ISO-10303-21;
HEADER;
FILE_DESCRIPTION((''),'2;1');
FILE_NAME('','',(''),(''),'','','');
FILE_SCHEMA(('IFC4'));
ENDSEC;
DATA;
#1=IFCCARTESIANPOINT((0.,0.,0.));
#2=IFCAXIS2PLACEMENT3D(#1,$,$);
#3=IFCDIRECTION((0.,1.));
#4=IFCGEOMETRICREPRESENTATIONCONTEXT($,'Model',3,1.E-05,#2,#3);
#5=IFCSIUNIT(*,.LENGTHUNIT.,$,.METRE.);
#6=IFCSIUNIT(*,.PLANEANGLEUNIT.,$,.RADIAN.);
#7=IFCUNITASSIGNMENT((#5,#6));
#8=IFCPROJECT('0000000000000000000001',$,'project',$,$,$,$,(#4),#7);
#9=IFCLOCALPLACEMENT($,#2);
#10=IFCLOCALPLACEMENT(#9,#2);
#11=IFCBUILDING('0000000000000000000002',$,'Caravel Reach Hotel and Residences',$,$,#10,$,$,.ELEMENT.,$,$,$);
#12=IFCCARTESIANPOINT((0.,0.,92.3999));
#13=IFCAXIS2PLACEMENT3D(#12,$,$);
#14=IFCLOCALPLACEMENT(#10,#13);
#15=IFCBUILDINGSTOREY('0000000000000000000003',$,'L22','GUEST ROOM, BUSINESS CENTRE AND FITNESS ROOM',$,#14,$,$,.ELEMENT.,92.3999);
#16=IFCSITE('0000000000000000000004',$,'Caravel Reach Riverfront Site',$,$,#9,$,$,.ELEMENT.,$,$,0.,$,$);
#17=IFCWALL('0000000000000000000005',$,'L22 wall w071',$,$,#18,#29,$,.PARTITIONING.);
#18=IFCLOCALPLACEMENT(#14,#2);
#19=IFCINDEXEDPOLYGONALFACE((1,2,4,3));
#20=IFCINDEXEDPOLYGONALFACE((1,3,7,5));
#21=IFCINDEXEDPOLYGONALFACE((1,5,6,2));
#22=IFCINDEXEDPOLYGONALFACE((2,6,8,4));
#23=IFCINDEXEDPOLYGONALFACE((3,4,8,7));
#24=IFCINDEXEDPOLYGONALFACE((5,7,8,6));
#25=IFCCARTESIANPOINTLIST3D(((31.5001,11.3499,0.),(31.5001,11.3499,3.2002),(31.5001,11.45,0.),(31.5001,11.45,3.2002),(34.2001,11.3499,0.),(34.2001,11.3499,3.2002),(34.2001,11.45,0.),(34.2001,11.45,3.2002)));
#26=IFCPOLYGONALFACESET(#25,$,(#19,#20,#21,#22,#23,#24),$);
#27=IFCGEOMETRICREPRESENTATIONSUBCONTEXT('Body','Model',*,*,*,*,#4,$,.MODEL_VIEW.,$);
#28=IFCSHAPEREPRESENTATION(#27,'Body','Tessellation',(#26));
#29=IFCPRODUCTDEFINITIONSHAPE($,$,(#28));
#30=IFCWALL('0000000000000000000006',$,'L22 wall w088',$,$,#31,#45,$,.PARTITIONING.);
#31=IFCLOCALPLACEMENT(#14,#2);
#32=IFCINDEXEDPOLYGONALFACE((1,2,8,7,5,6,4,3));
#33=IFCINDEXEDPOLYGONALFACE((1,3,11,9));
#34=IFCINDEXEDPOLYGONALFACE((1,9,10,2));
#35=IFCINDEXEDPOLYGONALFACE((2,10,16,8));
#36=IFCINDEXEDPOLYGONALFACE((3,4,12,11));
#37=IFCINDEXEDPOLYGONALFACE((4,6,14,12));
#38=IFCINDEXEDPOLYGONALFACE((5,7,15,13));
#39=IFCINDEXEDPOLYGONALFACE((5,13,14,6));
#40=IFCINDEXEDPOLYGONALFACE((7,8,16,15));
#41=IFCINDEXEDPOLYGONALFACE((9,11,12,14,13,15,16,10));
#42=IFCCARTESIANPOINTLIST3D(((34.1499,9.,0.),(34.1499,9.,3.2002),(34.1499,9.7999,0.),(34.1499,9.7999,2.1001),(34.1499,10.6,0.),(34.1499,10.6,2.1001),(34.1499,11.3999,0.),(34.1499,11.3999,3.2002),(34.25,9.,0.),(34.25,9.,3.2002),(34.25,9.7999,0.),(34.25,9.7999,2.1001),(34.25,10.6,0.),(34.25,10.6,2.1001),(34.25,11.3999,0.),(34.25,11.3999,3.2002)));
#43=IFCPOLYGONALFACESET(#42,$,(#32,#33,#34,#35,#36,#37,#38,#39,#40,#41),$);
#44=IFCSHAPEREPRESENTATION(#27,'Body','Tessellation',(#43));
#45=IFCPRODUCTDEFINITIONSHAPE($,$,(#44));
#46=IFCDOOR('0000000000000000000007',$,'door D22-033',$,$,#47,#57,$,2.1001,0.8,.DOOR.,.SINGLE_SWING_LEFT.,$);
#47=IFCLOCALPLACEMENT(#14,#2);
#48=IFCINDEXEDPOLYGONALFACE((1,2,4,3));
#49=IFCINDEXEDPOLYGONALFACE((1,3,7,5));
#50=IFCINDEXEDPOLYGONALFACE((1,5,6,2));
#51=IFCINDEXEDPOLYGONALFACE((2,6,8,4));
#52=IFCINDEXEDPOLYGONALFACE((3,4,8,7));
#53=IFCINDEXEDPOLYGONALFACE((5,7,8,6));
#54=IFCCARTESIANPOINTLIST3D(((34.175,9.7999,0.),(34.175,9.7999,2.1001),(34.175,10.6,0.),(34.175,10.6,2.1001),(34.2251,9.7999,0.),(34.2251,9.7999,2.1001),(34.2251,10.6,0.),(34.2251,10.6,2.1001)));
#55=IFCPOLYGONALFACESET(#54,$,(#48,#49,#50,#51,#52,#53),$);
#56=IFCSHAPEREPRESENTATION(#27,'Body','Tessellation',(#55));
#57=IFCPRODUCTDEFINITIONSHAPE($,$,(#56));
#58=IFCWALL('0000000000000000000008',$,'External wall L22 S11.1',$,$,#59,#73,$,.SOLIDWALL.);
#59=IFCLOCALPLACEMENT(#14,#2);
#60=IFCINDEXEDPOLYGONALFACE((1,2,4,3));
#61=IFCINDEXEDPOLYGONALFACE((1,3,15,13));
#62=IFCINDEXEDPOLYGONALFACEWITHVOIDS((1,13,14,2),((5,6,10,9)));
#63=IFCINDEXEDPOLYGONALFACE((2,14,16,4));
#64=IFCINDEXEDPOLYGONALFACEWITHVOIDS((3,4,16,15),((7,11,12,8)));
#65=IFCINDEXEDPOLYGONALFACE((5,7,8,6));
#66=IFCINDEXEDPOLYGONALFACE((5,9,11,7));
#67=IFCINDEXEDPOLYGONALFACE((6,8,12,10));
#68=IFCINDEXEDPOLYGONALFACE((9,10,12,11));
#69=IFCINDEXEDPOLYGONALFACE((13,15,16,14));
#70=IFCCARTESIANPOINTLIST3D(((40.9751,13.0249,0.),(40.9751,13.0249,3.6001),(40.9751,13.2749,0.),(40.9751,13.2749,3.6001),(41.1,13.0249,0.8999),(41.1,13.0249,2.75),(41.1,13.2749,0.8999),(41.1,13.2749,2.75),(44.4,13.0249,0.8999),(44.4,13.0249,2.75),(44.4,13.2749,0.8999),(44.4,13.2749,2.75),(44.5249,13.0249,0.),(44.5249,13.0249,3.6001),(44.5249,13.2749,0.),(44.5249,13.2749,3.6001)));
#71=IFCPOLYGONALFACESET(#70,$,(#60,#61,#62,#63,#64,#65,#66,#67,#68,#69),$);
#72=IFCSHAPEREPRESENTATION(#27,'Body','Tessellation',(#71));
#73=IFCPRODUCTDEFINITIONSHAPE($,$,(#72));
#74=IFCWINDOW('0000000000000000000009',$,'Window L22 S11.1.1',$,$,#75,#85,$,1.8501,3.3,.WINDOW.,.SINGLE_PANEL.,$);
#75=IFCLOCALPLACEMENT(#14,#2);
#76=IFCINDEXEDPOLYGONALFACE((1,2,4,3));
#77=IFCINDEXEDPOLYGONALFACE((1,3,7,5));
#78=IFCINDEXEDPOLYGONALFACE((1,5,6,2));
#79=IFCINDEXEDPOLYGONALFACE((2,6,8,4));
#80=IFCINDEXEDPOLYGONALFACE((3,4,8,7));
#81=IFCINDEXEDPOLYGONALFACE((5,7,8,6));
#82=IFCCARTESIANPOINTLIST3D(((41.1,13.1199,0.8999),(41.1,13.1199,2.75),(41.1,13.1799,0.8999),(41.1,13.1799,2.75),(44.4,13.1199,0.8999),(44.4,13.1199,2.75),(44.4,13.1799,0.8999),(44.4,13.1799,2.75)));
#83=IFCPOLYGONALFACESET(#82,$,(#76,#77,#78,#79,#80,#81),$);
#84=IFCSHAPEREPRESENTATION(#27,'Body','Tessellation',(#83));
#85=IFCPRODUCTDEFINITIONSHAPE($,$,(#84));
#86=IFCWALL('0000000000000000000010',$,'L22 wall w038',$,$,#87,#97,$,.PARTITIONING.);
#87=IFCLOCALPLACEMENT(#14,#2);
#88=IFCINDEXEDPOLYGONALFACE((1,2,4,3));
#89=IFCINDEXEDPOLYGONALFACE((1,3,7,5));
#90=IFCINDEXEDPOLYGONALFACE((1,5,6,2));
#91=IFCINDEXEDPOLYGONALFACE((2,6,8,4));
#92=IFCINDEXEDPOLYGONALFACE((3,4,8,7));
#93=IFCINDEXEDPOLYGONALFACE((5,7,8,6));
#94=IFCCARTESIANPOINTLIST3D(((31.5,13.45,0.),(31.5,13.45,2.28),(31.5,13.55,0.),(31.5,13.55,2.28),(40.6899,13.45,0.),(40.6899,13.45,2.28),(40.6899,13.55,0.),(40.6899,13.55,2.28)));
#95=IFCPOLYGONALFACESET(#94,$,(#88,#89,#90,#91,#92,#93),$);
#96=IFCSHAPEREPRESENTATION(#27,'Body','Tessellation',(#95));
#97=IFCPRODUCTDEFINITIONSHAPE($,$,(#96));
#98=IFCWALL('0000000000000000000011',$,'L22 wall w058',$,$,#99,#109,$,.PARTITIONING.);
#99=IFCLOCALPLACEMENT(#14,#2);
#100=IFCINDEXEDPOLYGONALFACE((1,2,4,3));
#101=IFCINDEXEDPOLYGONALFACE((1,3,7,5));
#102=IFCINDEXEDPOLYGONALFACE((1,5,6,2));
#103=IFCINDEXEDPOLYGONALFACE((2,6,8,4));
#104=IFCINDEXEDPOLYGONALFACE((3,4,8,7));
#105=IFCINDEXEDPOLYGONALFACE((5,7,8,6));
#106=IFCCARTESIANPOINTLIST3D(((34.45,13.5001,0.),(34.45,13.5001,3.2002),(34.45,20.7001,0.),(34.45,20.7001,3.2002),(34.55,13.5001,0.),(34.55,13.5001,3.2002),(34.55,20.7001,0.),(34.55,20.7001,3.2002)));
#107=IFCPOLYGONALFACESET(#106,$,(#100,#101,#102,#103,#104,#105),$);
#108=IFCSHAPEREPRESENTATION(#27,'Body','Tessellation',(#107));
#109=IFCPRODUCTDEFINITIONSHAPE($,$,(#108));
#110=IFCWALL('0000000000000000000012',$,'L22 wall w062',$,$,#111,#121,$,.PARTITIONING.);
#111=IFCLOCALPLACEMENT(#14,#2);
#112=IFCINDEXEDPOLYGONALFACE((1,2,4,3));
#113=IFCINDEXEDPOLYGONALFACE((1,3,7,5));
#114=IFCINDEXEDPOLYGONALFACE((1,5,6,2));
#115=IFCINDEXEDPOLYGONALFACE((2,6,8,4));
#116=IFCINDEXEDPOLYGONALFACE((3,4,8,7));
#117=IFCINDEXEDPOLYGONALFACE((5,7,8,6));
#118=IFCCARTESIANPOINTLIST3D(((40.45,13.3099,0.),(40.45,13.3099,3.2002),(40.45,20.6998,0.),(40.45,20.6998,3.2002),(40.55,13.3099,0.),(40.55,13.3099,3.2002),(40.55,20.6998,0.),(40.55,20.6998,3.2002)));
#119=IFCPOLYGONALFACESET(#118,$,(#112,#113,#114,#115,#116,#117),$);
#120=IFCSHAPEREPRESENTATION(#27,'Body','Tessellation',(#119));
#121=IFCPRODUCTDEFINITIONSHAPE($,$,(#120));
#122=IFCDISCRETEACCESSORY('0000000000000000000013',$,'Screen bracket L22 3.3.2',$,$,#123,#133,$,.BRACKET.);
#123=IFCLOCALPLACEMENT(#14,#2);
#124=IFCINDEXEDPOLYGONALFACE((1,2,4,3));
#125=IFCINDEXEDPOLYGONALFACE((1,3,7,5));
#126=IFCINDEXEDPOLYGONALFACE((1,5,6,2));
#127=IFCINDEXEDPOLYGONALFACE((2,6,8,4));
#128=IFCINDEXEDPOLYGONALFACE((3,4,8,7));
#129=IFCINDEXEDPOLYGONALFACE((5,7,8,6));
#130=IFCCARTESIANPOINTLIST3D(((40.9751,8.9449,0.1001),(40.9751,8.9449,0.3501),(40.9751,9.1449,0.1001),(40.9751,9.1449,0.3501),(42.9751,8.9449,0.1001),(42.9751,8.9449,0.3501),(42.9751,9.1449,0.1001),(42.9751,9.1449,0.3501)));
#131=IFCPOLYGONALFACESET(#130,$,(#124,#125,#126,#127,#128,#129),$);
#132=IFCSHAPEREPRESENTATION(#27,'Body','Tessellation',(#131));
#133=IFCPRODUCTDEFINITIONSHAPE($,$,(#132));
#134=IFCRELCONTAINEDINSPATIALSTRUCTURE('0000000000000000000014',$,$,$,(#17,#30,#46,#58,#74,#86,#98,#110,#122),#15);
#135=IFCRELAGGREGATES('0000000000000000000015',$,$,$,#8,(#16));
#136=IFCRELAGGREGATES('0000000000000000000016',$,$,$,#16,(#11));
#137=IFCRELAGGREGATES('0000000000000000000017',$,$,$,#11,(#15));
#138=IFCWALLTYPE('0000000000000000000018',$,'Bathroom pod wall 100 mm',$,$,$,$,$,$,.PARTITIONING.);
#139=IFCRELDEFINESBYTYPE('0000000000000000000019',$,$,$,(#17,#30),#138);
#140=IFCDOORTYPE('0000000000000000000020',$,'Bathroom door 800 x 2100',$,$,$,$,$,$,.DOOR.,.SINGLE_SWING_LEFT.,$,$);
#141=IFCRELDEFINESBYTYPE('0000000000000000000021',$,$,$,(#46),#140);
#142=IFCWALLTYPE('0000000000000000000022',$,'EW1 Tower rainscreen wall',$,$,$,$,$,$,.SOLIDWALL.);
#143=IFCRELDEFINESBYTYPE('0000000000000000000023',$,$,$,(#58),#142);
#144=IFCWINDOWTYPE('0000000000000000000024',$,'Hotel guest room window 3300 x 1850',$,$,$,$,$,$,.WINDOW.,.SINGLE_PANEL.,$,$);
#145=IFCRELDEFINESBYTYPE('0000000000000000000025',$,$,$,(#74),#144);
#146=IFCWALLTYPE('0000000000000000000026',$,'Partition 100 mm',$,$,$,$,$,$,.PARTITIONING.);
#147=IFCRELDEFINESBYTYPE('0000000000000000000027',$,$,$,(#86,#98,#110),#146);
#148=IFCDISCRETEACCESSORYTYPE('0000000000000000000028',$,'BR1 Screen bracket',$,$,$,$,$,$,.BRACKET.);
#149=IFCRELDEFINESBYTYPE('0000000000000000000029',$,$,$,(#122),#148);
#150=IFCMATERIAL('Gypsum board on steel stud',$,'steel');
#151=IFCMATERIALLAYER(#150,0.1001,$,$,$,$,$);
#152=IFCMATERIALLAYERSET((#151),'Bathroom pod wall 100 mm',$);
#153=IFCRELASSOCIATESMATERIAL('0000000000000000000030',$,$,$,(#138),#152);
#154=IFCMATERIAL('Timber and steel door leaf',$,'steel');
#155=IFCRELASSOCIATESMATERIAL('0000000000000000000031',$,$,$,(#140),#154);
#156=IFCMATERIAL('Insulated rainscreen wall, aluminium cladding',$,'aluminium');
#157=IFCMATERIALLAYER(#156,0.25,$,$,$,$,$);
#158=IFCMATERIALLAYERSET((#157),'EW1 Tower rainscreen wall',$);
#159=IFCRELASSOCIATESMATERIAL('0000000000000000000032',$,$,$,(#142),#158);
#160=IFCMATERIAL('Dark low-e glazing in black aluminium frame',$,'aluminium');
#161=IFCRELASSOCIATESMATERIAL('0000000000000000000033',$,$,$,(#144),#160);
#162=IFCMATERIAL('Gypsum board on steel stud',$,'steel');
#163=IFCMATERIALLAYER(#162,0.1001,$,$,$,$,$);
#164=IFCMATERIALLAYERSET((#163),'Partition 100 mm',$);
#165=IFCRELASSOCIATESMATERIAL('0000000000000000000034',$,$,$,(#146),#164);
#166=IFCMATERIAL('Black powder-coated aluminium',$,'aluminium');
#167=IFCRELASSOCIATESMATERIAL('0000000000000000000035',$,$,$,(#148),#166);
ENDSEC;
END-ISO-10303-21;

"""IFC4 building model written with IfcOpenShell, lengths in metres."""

from ifc_helpers import new_model, si_unit, direction, frame, frame_2d, origin, origin_2d, place, context, subcontext, project, spatial, rectangle, extrude, material, layer, layer_set, type_object, element, fill, save


model = new_model("IFC4")

# Units and contexts
model_context = context("Model", 3, precision=1e-05, world=origin(), true_north=direction((0.0, 1.0)))
body_context = subcontext(model_context, "Body", "Model", "MODEL_VIEW")
ifc_project = project(units=[si_unit("LENGTHUNIT", "METRE"), si_unit("PLANEANGLEUNIT", "RADIAN")], contexts=[model_context])

# Site, building, storey
site_placement = place(None, origin())
site = spatial("IfcSite", under=ifc_project, at=site_placement, Name="Caravel Reach Riverfront Site", CompositionType="ELEMENT", RefElevation=0.0)
building_placement = place(site_placement, origin())
building = spatial("IfcBuilding", under=site, at=building_placement, Name="Caravel Reach Hotel and Residences", CompositionType="ELEMENT")
storey_placement = place(building_placement, frame((0.0, 0.0, 92.3999)))
storey = spatial("IfcBuildingStorey", under=building, at=storey_placement, Name="L22", Description="GUEST ROOM, BUSINESS CENTRE AND FITNESS ROOM", CompositionType="ELEMENT", Elevation=92.3999)

# Wall
ifc_material_1 = material(Name="Gypsum board on steel stud", Category="steel")
ifc_layer_1 = layer(ifc_material_1, 0.1001)
ifc_layer_set_1 = layer_set([ifc_layer_1], Name="Bathroom pod wall 100 mm")
wall_type_1 = type_object("IfcWallType", Name="Bathroom pod wall 100 mm", PredefinedType="PARTITIONING", material=ifc_layer_set_1)
wall_1_placement = place(storey_placement, frame((31.5, 11.3999, 0.0), z_axis=(0.0, 0.0, 1.0), x_axis=(1.0, 0.0, 0.0)))
element("IfcWall", 1, at=wall_1_placement, inside=storey, type_object=wall_type_1, Name="L22 wall w071", PredefinedType="PARTITIONING", context=body_context, shape_type="SweptSolid", body=[
    extrude(rectangle(XDim=2.7, YDim=0.1001, at=frame_2d((1.3501, 0.0))), origin(), (0.0, 0.0, 1.0), 3.2002),
])

# Wall, opening, door
wall_2_placement = place(storey_placement, frame((34.2, 9.0, 0.0), z_axis=(0.0, 0.0, 1.0), x_axis=(0.0, 1.0, 0.0)))
wall_2 = element("IfcWall", 2, at=wall_2_placement, inside=storey, type_object=wall_type_1, Name="L22 wall w088", PredefinedType="PARTITIONING", context=body_context, shape_type="SweptSolid", body=[
    extrude(rectangle(XDim=2.3999, YDim=0.1001, at=frame_2d((1.2, 0.0))), origin(), (0.0, 0.0, 1.0), 3.2002),
])
opening_1_placement = place(wall_2_placement, frame((0.8, 0.0, 0.0)))
opening_1 = element("IfcOpeningElement", 3, at=opening_1_placement, cuts=wall_2, PredefinedType="OPENING", context=body_context, shape_type="SweptSolid", body=[
    extrude(rectangle(XDim=0.8, YDim=2.1001, at=frame_2d((0.3999, 1.05))), frame((0.0, 0.0601, 0.0), z_axis=(0.0, -1.0, 0.0), x_axis=(1.0, 0.0, 0.0)), (0.0, 0.0, 1.0), 0.1201),
])
ifc_material_2 = material(Name="Timber and steel door leaf", Category="steel")
door_type = type_object("IfcDoorType", Name="Bathroom door 800 x 2100", OperationType="SINGLE_SWING_LEFT", PredefinedType="DOOR", material=ifc_material_2)
door_placement = place(opening_1_placement, origin())
door = element("IfcDoor", 4, at=door_placement, inside=storey, type_object=door_type, Name="door D22-033", OperationType="SINGLE_SWING_LEFT", OverallHeight=2.1001, OverallWidth=0.8, PredefinedType="DOOR", context=body_context, shape_type="SweptSolid", body=[
    extrude(rectangle(XDim=0.8, YDim=2.1001, at=frame_2d((0.3999, 1.05))), frame((0.0, 0.0249, 0.0), z_axis=(0.0, -1.0, 0.0), x_axis=(1.0, 0.0, 0.0)), (0.0, 0.0, 1.0), 0.05),
])
fill(opening_1, door)

# Wall, opening, window
ifc_material_3 = material(Name="Insulated rainscreen wall, aluminium cladding", Category="aluminium")
ifc_layer_2 = layer(ifc_material_3, 0.25)
ifc_layer_set_2 = layer_set([ifc_layer_2], Name="EW1 Tower rainscreen wall")
wall_type_2 = type_object("IfcWallType", Name="EW1 Tower rainscreen wall", PredefinedType="SOLIDWALL", material=ifc_layer_set_2)
wall_3_placement = place(storey_placement, frame((40.9751, 13.1499, 0.0), z_axis=(0.0, 0.0, 1.0), x_axis=(1.0, 0.0, 0.0)))
wall_3 = element("IfcWall", 5, at=wall_3_placement, inside=storey, type_object=wall_type_2, Name="External wall L22 S11.1", PredefinedType="SOLIDWALL", context=body_context, shape_type="SweptSolid", body=[
    extrude(rectangle(XDim=3.5498, YDim=0.25, at=frame_2d((1.7749, 0.0))), origin(), (0.0, 0.0, 1.0), 3.6001),
])
opening_2_placement = place(wall_3_placement, frame((0.125, 0.0, 0.8999)))
opening_2 = element("IfcOpeningElement", 6, at=opening_2_placement, cuts=wall_3, PredefinedType="OPENING", context=body_context, shape_type="SweptSolid", body=[
    extrude(rectangle(XDim=3.3, YDim=1.8501, at=frame_2d((1.6499, 0.925))), frame((0.0, 0.135, 0.0), z_axis=(0.0, -1.0, 0.0), x_axis=(1.0, 0.0, 0.0)), (0.0, 0.0, 1.0), 0.27),
])
ifc_material_4 = material(Name="Dark low-e glazing in black aluminium frame", Category="aluminium")
window_type = type_object("IfcWindowType", Name="Hotel guest room window 3300 x 1850", PartitioningType="SINGLE_PANEL", PredefinedType="WINDOW", material=ifc_material_4)
window_placement = place(opening_2_placement, origin())
window = element("IfcWindow", 7, at=window_placement, inside=storey, type_object=window_type, Name="Window L22 S11.1.1", OverallHeight=1.8501, OverallWidth=3.3, PartitioningType="SINGLE_PANEL", PredefinedType="WINDOW", context=body_context, shape_type="SweptSolid", body=[
    extrude(rectangle(XDim=3.3, YDim=1.8501, at=frame_2d((1.6499, 0.925))), frame((0.0, 0.03, 0.0), z_axis=(0.0, -1.0, 0.0), x_axis=(1.0, 0.0, 0.0)), (0.0, 0.0, 1.0), 0.0601),
])
fill(opening_2, window)

# Walls
ifc_material_5 = material(Name="Gypsum board on steel stud", Category="steel")
ifc_layer_3 = layer(ifc_material_5, 0.1001)
ifc_layer_set_3 = layer_set([ifc_layer_3], Name="Partition 100 mm")
wall_type_3 = type_object("IfcWallType", Name="Partition 100 mm", PredefinedType="PARTITIONING", material=ifc_layer_set_3)
wall_4_placement = place(storey_placement, frame((31.5, 13.5, 0.0), z_axis=(0.0, 0.0, 1.0), x_axis=(1.0, 0.0, 0.0)))
element("IfcWall", 8, at=wall_4_placement, inside=storey, type_object=wall_type_3, Name="L22 wall w038", PredefinedType="PARTITIONING", context=body_context, shape_type="SweptSolid", body=[
    extrude(rectangle(XDim=9.1899, YDim=0.1001, at=frame_2d((4.595, 0.0))), origin(), (0.0, 0.0, 1.0), 2.28),
])
wall_5_placement = place(storey_placement, frame((34.5, 13.5, 0.0), z_axis=(0.0, 0.0, 1.0), x_axis=(0.0, 1.0, 0.0)))
element("IfcWall", 9, at=wall_5_placement, inside=storey, type_object=wall_type_3, Name="L22 wall w058", PredefinedType="PARTITIONING", context=body_context, shape_type="SweptSolid", body=[
    extrude(rectangle(XDim=7.2, YDim=0.1001, at=frame_2d((3.6001, 0.0))), origin(), (0.0, 0.0, 1.0), 3.2002),
])
wall_6_placement = place(storey_placement, frame((40.5, 13.3101, 0.0), z_axis=(0.0, 0.0, 1.0), x_axis=(0.0, 1.0, 0.0)))
element("IfcWall", 10, at=wall_6_placement, inside=storey, type_object=wall_type_3, Name="L22 wall w062", PredefinedType="PARTITIONING", context=body_context, shape_type="SweptSolid", body=[
    extrude(rectangle(XDim=7.3899, YDim=0.1001, at=frame_2d((3.6948, 0.0))), origin(), (0.0, 0.0, 1.0), 3.2002),
])

# Discrete accessory
ifc_material_6 = material(Name="Black powder-coated aluminium", Category="aluminium")
discrete_accessory_type = type_object("IfcDiscreteAccessoryType", Name="BR1 Screen bracket", PredefinedType="BRACKET", material=ifc_material_6)
discrete_accessory_placement = place(storey_placement, frame((41.9751, 9.0449, 0.1001), z_axis=(0.0, 0.0, 1.0), x_axis=(1.0, 0.0, 0.0)))
element("IfcDiscreteAccessory", 11, at=discrete_accessory_placement, inside=storey, type_object=discrete_accessory_type, Name="Screen bracket L22 3.3.2", PredefinedType="BRACKET", context=body_context, shape_type="SweptSolid", body=[
    extrude(rectangle(XDim=2.0, YDim=0.2, at=origin_2d()), origin(), (0.0, 0.0, 1.0), 0.25),
])

save(model, "model.ifc")
